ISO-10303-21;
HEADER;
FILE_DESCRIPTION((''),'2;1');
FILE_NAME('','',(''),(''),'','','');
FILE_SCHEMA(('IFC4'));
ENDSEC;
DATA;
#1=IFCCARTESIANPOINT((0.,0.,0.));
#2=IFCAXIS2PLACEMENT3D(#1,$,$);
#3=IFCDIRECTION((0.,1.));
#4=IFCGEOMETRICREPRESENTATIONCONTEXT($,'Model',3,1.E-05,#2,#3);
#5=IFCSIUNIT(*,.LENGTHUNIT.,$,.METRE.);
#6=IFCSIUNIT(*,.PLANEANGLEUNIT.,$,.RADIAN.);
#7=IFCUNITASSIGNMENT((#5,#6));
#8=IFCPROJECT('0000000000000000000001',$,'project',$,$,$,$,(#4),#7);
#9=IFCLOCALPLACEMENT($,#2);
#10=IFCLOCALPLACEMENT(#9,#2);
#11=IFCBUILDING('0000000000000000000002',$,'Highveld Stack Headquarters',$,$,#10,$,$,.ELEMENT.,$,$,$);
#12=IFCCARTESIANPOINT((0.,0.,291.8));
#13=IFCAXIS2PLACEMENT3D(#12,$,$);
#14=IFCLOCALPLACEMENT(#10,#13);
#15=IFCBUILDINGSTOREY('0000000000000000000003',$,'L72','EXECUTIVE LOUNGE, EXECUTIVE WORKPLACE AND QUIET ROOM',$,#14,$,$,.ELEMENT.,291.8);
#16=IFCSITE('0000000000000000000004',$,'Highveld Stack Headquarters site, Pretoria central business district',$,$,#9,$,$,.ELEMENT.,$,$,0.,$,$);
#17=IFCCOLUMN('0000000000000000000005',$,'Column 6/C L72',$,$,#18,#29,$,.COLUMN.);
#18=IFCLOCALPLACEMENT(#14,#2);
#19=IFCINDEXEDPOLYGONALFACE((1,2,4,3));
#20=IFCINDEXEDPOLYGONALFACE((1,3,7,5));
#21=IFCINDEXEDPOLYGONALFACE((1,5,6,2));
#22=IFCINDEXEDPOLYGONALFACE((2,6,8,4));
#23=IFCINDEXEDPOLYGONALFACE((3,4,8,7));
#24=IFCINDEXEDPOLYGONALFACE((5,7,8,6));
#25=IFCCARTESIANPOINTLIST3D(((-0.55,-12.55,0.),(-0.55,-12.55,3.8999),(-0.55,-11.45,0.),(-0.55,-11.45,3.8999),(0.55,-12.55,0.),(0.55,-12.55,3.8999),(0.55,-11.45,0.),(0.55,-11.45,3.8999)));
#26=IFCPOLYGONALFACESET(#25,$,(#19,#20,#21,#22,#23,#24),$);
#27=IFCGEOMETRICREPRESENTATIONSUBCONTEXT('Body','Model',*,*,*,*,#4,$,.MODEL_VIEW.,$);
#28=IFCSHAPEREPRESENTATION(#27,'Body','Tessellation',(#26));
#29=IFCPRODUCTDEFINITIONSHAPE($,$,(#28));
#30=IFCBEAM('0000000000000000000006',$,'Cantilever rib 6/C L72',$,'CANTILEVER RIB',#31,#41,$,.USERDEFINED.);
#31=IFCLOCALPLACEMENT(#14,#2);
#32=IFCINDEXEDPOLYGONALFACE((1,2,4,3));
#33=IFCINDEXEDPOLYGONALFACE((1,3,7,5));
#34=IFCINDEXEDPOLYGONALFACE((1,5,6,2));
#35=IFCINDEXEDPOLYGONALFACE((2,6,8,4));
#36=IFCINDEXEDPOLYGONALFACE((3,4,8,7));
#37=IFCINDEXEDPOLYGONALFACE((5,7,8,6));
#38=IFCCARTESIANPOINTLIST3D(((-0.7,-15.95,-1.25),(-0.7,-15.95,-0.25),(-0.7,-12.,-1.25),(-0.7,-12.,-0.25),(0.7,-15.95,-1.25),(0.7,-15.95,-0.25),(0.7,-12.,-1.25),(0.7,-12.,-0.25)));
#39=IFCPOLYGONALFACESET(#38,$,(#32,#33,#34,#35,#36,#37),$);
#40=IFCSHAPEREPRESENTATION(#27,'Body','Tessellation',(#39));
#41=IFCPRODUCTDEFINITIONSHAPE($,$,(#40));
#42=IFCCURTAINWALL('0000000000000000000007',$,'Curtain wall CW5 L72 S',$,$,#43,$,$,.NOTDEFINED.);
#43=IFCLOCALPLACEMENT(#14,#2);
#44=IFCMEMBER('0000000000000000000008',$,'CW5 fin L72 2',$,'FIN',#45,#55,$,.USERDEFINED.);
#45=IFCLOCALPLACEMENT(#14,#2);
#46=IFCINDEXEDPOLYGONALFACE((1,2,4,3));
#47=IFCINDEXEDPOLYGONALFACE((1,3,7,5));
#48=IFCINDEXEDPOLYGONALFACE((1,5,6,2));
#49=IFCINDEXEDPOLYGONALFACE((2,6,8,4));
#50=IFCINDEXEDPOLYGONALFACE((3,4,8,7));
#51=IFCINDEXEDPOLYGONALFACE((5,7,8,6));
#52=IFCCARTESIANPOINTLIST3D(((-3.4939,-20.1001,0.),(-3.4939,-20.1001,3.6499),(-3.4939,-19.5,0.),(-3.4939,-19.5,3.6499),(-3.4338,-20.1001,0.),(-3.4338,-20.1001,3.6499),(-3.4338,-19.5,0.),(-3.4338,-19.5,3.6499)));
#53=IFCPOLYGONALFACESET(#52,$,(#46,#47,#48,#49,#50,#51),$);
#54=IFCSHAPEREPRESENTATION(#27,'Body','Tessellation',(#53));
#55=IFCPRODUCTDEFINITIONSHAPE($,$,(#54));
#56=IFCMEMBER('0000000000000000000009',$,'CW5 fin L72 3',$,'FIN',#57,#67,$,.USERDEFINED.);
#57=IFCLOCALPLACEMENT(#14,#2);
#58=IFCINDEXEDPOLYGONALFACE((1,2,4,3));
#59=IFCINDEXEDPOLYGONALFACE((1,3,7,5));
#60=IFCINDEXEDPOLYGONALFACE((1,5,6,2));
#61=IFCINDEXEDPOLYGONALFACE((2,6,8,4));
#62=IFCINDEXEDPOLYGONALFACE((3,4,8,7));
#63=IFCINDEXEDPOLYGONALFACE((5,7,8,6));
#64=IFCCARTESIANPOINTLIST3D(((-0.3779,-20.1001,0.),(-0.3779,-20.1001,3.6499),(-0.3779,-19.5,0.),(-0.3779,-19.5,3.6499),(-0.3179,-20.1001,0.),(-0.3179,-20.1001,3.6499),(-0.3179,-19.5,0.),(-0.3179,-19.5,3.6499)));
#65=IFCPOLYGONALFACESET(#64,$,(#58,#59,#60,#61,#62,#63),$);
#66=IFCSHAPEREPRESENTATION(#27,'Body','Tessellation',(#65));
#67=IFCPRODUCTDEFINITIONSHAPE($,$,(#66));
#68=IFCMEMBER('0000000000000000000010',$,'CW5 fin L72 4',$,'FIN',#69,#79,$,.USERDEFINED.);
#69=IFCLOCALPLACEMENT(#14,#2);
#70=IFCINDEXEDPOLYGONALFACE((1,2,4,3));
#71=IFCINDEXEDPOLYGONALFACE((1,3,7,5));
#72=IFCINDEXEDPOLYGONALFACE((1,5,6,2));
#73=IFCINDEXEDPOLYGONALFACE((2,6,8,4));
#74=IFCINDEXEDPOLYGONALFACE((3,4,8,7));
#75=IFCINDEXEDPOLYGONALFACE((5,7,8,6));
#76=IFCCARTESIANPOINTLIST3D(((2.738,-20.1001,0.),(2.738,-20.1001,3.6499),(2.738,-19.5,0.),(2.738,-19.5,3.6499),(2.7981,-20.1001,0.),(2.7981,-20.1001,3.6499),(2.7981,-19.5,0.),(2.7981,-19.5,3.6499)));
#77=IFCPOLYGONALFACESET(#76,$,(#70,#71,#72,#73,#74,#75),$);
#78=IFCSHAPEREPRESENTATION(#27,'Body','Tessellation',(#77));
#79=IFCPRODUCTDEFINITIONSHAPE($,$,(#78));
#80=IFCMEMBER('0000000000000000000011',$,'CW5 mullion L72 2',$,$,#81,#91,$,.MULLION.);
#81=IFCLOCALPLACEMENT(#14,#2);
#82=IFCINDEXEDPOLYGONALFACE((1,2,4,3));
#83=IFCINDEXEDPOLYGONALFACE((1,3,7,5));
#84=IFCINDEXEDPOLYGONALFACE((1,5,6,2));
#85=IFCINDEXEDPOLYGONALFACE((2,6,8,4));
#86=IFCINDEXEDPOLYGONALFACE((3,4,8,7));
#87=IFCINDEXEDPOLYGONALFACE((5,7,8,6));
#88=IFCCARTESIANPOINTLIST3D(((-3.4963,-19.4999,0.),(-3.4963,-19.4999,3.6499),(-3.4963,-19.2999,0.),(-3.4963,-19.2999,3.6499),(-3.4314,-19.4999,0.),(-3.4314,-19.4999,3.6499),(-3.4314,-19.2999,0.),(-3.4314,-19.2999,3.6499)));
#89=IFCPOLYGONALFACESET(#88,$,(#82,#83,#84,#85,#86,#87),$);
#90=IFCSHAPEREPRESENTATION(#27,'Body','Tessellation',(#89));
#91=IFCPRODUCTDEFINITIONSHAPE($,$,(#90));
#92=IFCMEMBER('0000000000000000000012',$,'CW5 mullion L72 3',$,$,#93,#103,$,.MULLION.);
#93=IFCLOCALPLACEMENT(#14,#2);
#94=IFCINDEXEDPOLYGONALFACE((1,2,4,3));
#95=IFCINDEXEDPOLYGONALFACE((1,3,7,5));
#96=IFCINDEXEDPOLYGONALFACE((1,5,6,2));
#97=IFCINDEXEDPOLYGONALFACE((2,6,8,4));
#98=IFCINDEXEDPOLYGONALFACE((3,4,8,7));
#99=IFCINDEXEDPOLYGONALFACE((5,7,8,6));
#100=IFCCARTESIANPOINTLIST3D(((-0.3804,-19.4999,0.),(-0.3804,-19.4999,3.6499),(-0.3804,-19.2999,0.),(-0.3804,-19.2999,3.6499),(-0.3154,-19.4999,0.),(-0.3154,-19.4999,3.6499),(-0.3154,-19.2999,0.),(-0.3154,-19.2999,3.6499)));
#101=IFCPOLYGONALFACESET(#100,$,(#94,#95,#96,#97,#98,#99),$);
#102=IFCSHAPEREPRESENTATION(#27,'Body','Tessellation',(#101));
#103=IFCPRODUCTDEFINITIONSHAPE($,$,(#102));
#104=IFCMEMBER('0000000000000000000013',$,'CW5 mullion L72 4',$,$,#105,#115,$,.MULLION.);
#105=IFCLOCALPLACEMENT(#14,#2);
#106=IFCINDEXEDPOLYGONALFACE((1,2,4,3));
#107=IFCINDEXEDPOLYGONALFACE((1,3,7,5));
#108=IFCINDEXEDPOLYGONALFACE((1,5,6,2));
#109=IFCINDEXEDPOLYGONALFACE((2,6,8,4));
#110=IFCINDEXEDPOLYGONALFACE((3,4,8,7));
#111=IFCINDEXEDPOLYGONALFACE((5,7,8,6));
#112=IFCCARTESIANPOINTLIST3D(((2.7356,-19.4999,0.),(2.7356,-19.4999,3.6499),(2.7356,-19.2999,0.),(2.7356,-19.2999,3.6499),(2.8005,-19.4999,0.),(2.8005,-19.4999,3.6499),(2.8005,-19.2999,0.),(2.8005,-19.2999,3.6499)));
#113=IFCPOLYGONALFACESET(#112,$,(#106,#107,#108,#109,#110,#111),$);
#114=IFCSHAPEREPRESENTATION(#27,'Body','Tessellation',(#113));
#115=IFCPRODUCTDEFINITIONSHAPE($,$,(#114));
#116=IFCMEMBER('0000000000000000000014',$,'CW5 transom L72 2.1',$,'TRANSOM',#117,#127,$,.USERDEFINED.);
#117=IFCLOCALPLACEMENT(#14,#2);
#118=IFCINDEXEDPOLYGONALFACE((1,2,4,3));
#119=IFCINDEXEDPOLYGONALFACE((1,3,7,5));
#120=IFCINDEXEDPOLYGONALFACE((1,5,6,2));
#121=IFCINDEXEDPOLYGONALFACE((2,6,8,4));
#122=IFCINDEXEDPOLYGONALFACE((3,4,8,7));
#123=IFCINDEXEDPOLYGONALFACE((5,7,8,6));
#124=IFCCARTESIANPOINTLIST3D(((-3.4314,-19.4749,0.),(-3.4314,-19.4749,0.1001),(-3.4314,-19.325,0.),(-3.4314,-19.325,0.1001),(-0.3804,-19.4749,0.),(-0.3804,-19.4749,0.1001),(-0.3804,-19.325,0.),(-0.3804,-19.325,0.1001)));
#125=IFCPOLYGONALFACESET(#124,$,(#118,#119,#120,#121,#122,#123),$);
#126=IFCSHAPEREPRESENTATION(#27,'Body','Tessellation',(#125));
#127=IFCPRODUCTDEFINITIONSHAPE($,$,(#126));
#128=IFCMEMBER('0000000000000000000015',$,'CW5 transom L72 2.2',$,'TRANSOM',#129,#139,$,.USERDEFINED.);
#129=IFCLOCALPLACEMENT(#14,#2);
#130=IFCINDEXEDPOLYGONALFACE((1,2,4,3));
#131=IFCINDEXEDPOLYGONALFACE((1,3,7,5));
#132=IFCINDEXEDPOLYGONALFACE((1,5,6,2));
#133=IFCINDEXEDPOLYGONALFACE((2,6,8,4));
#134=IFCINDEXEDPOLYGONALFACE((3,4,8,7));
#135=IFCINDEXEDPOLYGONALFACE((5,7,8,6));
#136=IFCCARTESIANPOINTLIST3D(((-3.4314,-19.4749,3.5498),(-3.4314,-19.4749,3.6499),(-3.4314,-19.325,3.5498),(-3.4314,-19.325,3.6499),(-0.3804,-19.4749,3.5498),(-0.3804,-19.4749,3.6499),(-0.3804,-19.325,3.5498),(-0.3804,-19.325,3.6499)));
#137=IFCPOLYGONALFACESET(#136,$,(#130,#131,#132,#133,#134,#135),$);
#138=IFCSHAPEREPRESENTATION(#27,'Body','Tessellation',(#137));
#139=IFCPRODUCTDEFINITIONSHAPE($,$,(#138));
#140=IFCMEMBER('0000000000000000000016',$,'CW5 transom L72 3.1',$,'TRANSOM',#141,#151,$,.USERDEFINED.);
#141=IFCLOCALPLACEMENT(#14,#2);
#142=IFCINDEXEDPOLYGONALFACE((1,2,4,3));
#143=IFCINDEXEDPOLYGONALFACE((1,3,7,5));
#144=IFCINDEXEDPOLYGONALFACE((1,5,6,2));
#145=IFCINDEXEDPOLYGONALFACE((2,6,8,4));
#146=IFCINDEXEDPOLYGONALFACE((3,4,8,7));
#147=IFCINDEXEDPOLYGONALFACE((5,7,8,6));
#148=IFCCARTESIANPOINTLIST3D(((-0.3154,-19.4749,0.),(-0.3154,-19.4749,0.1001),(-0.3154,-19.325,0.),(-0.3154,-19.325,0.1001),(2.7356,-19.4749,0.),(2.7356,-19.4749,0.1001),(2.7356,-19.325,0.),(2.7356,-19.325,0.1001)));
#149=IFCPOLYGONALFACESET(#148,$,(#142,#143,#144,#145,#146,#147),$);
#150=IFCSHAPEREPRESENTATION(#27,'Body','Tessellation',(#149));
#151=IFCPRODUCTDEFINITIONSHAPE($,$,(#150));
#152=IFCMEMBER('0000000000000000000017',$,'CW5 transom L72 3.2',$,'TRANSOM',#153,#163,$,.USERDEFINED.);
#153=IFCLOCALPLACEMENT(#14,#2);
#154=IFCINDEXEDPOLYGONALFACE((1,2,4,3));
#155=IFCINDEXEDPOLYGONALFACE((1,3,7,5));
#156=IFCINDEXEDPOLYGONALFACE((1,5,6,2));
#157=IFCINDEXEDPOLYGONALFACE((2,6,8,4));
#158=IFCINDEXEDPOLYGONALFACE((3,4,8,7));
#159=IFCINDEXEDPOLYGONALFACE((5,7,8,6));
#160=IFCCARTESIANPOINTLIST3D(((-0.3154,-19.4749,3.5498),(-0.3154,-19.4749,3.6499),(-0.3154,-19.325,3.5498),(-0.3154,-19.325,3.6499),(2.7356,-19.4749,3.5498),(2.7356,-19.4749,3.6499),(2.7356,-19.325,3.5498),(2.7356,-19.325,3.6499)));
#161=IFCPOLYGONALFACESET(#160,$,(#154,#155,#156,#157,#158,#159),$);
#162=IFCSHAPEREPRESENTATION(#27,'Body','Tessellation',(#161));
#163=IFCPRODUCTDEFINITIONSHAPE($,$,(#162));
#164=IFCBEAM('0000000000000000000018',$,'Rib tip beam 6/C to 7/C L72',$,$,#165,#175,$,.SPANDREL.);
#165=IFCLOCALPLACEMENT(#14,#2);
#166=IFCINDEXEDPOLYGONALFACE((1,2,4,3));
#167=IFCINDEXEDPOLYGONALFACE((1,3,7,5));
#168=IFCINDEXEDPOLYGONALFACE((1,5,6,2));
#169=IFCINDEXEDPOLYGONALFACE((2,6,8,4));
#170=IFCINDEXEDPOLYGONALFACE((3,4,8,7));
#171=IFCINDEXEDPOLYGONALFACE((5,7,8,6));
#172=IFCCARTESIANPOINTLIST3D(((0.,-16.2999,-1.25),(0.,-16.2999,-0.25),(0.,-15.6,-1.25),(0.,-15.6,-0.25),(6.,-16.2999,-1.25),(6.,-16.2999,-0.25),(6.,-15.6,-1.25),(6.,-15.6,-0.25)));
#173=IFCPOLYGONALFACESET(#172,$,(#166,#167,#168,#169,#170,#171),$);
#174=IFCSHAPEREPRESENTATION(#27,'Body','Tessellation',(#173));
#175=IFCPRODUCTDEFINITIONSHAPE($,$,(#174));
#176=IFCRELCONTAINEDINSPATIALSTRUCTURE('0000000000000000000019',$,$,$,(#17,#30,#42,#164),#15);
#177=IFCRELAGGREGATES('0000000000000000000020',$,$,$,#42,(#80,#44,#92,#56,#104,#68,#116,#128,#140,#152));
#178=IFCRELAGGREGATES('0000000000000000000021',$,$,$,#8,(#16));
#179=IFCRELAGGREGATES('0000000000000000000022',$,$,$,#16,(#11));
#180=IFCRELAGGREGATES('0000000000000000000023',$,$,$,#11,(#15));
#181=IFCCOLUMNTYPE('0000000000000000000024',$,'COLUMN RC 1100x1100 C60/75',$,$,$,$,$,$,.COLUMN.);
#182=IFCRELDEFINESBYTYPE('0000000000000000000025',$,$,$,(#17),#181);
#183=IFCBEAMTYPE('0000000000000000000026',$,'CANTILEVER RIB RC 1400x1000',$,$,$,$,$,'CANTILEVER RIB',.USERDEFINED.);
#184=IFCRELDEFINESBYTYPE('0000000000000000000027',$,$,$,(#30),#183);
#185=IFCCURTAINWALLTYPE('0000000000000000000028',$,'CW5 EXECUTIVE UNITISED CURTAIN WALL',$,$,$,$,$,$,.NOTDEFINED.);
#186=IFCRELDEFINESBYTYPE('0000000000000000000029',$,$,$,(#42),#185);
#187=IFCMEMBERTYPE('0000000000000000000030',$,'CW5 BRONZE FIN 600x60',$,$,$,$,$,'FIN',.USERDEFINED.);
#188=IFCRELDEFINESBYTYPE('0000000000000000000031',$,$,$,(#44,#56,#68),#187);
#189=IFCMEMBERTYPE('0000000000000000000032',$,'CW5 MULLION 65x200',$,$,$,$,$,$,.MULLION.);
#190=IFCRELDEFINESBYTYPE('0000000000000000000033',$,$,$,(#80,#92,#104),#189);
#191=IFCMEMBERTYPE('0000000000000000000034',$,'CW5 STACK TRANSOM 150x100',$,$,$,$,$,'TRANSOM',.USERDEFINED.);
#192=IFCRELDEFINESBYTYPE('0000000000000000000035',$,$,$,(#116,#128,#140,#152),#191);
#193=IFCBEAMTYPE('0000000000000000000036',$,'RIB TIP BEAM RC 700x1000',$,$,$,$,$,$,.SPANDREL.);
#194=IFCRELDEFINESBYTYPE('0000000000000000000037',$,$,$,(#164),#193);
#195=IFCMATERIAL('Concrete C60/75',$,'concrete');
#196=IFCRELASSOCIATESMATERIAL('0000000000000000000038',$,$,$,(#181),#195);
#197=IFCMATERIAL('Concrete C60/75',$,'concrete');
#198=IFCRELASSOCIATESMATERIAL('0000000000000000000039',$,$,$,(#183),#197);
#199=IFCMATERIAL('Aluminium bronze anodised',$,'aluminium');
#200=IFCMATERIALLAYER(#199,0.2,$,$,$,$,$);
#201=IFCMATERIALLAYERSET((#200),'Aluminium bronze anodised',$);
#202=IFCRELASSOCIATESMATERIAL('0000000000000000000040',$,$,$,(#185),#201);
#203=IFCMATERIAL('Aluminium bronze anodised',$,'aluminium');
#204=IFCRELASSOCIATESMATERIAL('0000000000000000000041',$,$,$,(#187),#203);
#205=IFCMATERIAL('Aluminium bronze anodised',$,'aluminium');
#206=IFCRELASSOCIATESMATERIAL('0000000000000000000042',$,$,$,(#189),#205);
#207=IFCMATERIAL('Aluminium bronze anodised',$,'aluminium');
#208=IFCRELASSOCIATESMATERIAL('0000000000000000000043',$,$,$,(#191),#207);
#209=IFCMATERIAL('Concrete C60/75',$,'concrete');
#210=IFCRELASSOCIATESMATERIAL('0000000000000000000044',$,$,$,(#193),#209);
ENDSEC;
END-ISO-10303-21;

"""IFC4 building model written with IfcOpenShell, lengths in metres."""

from ifc_helpers import new_model, si_unit, direction, frame, origin, origin_2d, place, context, subcontext, project, spatial, rectangle, extrude, material, layer, layer_set, material_profile, profile_set, type_object, element, aggregate, save


model = new_model("IFC4")

# Units and contexts
model_context = context("Model", 3, precision=1e-05, world=origin(), true_north=direction((0.0, 1.0)))
body_context = subcontext(model_context, "Body", "Model", "MODEL_VIEW")
ifc_project = project(units=[si_unit("LENGTHUNIT", "METRE"), si_unit("PLANEANGLEUNIT", "RADIAN")], contexts=[model_context])

# Site, building, storey
site_placement = place(None, origin())
site = spatial("IfcSite", under=ifc_project, at=site_placement, Name="Highveld Stack Headquarters site, Pretoria central business district", CompositionType="ELEMENT", RefElevation=0.0)
building_placement = place(site_placement, origin())
building = spatial("IfcBuilding", under=site, at=building_placement, Name="Highveld Stack Headquarters", CompositionType="ELEMENT")
storey_placement = place(building_placement, frame((0.0, 0.0, 291.8)))
storey = spatial("IfcBuildingStorey", under=building, at=storey_placement, Name="L72", Description="EXECUTIVE LOUNGE, EXECUTIVE WORKPLACE AND QUIET ROOM", CompositionType="ELEMENT", Elevation=291.8)

# Column
ifc_material_1 = material(Name="Concrete C60/75", Category="concrete")
ifc_material_profile_1 = material_profile(ifc_material_1, rectangle(XDim=1.1001, YDim=1.1001, at=origin_2d()), Name="RC 1100x1100")
ifc_profile_set_1 = profile_set([ifc_material_profile_1], Name="Concrete C60/75")
column_type = type_object("IfcColumnType", Name="COLUMN RC 1100x1100 C60/75", PredefinedType="COLUMN", material=ifc_profile_set_1)
column_placement = place(storey_placement, frame((0.0, -12.0, 0.0), z_axis=(0.0, 0.0, 1.0), x_axis=(1.0, 0.0, 0.0)))
element("IfcColumn", 1, at=column_placement, inside=storey, type_object=column_type, Name="Column 6/C L72", PredefinedType="COLUMN", context=body_context, shape_type="SweptSolid", body=[
    extrude(rectangle(XDim=1.1001, YDim=1.1001, at=origin_2d()), origin(), (0.0, 0.0, 1.0), 3.8999),
])

# Beam
ifc_material_2 = material(Name="Concrete C60/75", Category="concrete")
ifc_material_profile_2 = material_profile(ifc_material_2, rectangle(XDim=1.3999, YDim=1.0, at=origin_2d()), Name="RC 1400x1000")
ifc_profile_set_2 = profile_set([ifc_material_profile_2], Name="Concrete C60/75")
beam_type_1 = type_object("IfcBeamType", Name="CANTILEVER RIB RC 1400x1000", ElementType="CANTILEVER RIB", PredefinedType="USERDEFINED", material=ifc_profile_set_2)
beam_1_placement = place(storey_placement, frame((0.0, -12.0, -0.75), z_axis=(0.0, -1.0, 0.0), x_axis=(1.0, 0.0, 0.0)))
element("IfcBeam", 2, at=beam_1_placement, inside=storey, type_object=beam_type_1, Name="Cantilever rib 6/C L72", ObjectType="CANTILEVER RIB", PredefinedType="USERDEFINED", context=body_context, shape_type="SweptSolid", body=[
    extrude(rectangle(XDim=1.3999, YDim=1.0, at=origin_2d()), origin(), (0.0, 0.0, 1.0), 3.95),
])

# Curtain wall, members
ifc_material_3 = material(Name="Aluminium bronze anodised", Category="aluminium")
ifc_layer_1 = layer(ifc_material_3, 0.2)
ifc_layer_set_1 = layer_set([ifc_layer_1], Name="Aluminium bronze anodised")
curtain_wall_type = type_object("IfcCurtainWallType", Name="CW5 EXECUTIVE UNITISED CURTAIN WALL", PredefinedType="NOTDEFINED", material=ifc_layer_set_1)
curtain_wall_placement = place(storey_placement, origin())
curtain_wall = element("IfcCurtainWall", 3, at=curtain_wall_placement, inside=storey, type_object=curtain_wall_type, Name="Curtain wall CW5 L72 S", PredefinedType="NOTDEFINED")
ifc_material_4 = material(Name="Aluminium bronze anodised", Category="aluminium")
ifc_material_profile_3 = material_profile(ifc_material_4, rectangle(XDim=0.6001, YDim=0.0601, at=origin_2d()), Name="FIN 600x60")
ifc_profile_set_3 = profile_set([ifc_material_profile_3], Name="Aluminium bronze anodised")
member_type_1 = type_object("IfcMemberType", Name="CW5 BRONZE FIN 600x60", ElementType="FIN", PredefinedType="USERDEFINED", material=ifc_profile_set_3)
member_1_placement = place(storey_placement, frame((-3.4639, -19.8, 0.0), z_axis=(0.0, 0.0, 1.0), x_axis=(0.0, 1.0, 0.0)))
member_1 = element("IfcMember", 4, at=member_1_placement, type_object=member_type_1, Name="CW5 fin L72 2", ObjectType="FIN", PredefinedType="USERDEFINED", context=body_context, shape_type="SweptSolid", body=[
    extrude(rectangle(XDim=0.6001, YDim=0.0601, at=origin_2d()), origin(), (0.0, 0.0, 1.0), 3.6499),
])
member_2_placement = place(storey_placement, frame((-0.3479, -19.8, 0.0), z_axis=(0.0, 0.0, 1.0), x_axis=(0.0, 1.0, 0.0)))
member_2 = element("IfcMember", 5, at=member_2_placement, type_object=member_type_1, Name="CW5 fin L72 3", ObjectType="FIN", PredefinedType="USERDEFINED", context=body_context, shape_type="SweptSolid", body=[
    extrude(rectangle(XDim=0.6001, YDim=0.0601, at=origin_2d()), origin(), (0.0, 0.0, 1.0), 3.6499),
])
member_3_placement = place(storey_placement, frame((2.7681, -19.8, 0.0), z_axis=(0.0, 0.0, 1.0), x_axis=(0.0, 1.0, 0.0)))
member_3 = element("IfcMember", 6, at=member_3_placement, type_object=member_type_1, Name="CW5 fin L72 4", ObjectType="FIN", PredefinedType="USERDEFINED", context=body_context, shape_type="SweptSolid", body=[
    extrude(rectangle(XDim=0.6001, YDim=0.0601, at=origin_2d()), origin(), (0.0, 0.0, 1.0), 3.6499),
])
ifc_material_5 = material(Name="Aluminium bronze anodised", Category="aluminium")
ifc_material_profile_4 = material_profile(ifc_material_5, rectangle(XDim=0.2, YDim=0.0649, at=origin_2d()), Name="CW5 MULLION 65x200")
ifc_profile_set_4 = profile_set([ifc_material_profile_4], Name="Aluminium bronze anodised")
member_type_2 = type_object("IfcMemberType", Name="CW5 MULLION 65x200", PredefinedType="MULLION", material=ifc_profile_set_4)
member_4_placement = place(storey_placement, frame((-3.4639, -19.3999, 0.0), z_axis=(0.0, 0.0, 1.0), x_axis=(0.0, 1.0, 0.0)))
member_4 = element("IfcMember", 7, at=member_4_placement, type_object=member_type_2, Name="CW5 mullion L72 2", PredefinedType="MULLION", context=body_context, shape_type="SweptSolid", body=[
    extrude(rectangle(XDim=0.2, YDim=0.0649, at=origin_2d()), origin(), (0.0, 0.0, 1.0), 3.6499),
])
member_5_placement = place(storey_placement, frame((-0.3479, -19.3999, 0.0), z_axis=(0.0, 0.0, 1.0), x_axis=(0.0, 1.0, 0.0)))
member_5 = element("IfcMember", 8, at=member_5_placement, type_object=member_type_2, Name="CW5 mullion L72 3", PredefinedType="MULLION", context=body_context, shape_type="SweptSolid", body=[
    extrude(rectangle(XDim=0.2, YDim=0.0649, at=origin_2d()), origin(), (0.0, 0.0, 1.0), 3.6499),
])
member_6_placement = place(storey_placement, frame((2.7681, -19.3999, 0.0), z_axis=(0.0, 0.0, 1.0), x_axis=(0.0, 1.0, 0.0)))
member_6 = element("IfcMember", 9, at=member_6_placement, type_object=member_type_2, Name="CW5 mullion L72 4", PredefinedType="MULLION", context=body_context, shape_type="SweptSolid", body=[
    extrude(rectangle(XDim=0.2, YDim=0.0649, at=origin_2d()), origin(), (0.0, 0.0, 1.0), 3.6499),
])
ifc_material_6 = material(Name="Aluminium bronze anodised", Category="aluminium")
ifc_material_profile_5 = material_profile(ifc_material_6, rectangle(XDim=0.1499, YDim=0.1001, at=origin_2d()), Name="CW5 TRANSOM 150x100")
ifc_profile_set_5 = profile_set([ifc_material_profile_5], Name="Aluminium bronze anodised")
member_type_3 = type_object("IfcMemberType", Name="CW5 STACK TRANSOM 150x100", ElementType="TRANSOM", PredefinedType="USERDEFINED", material=ifc_profile_set_5)
member_7_placement = place(storey_placement, frame((-3.4314, -19.3999, 0.05), z_axis=(1.0, 0.0, 0.0), x_axis=(0.0, 1.0, 0.0)))
member_7 = element("IfcMember", 10, at=member_7_placement, type_object=member_type_3, Name="CW5 transom L72 2.1", ObjectType="TRANSOM", PredefinedType="USERDEFINED", context=body_context, shape_type="SweptSolid", body=[
    extrude(rectangle(XDim=0.1499, YDim=0.1001, at=origin_2d()), origin(), (0.0, 0.0, 1.0), 3.051),
])
member_8_placement = place(storey_placement, frame((-3.4314, -19.3999, 3.5999), z_axis=(1.0, 0.0, 0.0), x_axis=(0.0, 1.0, 0.0)))
member_8 = element("IfcMember", 11, at=member_8_placement, type_object=member_type_3, Name="CW5 transom L72 2.2", ObjectType="TRANSOM", PredefinedType="USERDEFINED", context=body_context, shape_type="SweptSolid", body=[
    extrude(rectangle(XDim=0.1499, YDim=0.1001, at=origin_2d()), origin(), (0.0, 0.0, 1.0), 3.051),
])
member_9_placement = place(storey_placement, frame((-0.3154, -19.3999, 0.05), z_axis=(1.0, 0.0, 0.0), x_axis=(0.0, 1.0, 0.0)))
member_9 = element("IfcMember", 12, at=member_9_placement, type_object=member_type_3, Name="CW5 transom L72 3.1", ObjectType="TRANSOM", PredefinedType="USERDEFINED", context=body_context, shape_type="SweptSolid", body=[
    extrude(rectangle(XDim=0.1499, YDim=0.1001, at=origin_2d()), origin(), (0.0, 0.0, 1.0), 3.051),
])
member_10_placement = place(storey_placement, frame((-0.3154, -19.3999, 3.5999), z_axis=(1.0, 0.0, 0.0), x_axis=(0.0, 1.0, 0.0)))
member_10 = element("IfcMember", 13, at=member_10_placement, type_object=member_type_3, Name="CW5 transom L72 3.2", ObjectType="TRANSOM", PredefinedType="USERDEFINED", context=body_context, shape_type="SweptSolid", body=[
    extrude(rectangle(XDim=0.1499, YDim=0.1001, at=origin_2d()), origin(), (0.0, 0.0, 1.0), 3.051),
])

# Beam
ifc_material_7 = material(Name="Concrete C60/75", Category="concrete")
ifc_material_profile_6 = material_profile(ifc_material_7, rectangle(XDim=0.7, YDim=1.0, at=origin_2d()), Name="RC 700x1000")
ifc_profile_set_6 = profile_set([ifc_material_profile_6], Name="Concrete C60/75")
beam_type_2 = type_object("IfcBeamType", Name="RIB TIP BEAM RC 700x1000", PredefinedType="SPANDREL", material=ifc_profile_set_6)
beam_2_placement = place(storey_placement, frame((0.0, -15.95, -0.75), z_axis=(1.0, 0.0, 0.0), x_axis=(0.0, 1.0, 0.0)))
element("IfcBeam", 14, at=beam_2_placement, inside=storey, type_object=beam_type_2, Name="Rib tip beam 6/C to 7/C L72", PredefinedType="SPANDREL", context=body_context, shape_type="SweptSolid", body=[
    extrude(rectangle(XDim=0.7, YDim=1.0, at=origin_2d()), origin(), (0.0, 0.0, 1.0), 6.0),
])

aggregate(curtain_wall, [member_4, member_1, member_5, member_2, member_6, member_3, member_7, member_8, member_9, member_10])

save(model, "model.ifc")
